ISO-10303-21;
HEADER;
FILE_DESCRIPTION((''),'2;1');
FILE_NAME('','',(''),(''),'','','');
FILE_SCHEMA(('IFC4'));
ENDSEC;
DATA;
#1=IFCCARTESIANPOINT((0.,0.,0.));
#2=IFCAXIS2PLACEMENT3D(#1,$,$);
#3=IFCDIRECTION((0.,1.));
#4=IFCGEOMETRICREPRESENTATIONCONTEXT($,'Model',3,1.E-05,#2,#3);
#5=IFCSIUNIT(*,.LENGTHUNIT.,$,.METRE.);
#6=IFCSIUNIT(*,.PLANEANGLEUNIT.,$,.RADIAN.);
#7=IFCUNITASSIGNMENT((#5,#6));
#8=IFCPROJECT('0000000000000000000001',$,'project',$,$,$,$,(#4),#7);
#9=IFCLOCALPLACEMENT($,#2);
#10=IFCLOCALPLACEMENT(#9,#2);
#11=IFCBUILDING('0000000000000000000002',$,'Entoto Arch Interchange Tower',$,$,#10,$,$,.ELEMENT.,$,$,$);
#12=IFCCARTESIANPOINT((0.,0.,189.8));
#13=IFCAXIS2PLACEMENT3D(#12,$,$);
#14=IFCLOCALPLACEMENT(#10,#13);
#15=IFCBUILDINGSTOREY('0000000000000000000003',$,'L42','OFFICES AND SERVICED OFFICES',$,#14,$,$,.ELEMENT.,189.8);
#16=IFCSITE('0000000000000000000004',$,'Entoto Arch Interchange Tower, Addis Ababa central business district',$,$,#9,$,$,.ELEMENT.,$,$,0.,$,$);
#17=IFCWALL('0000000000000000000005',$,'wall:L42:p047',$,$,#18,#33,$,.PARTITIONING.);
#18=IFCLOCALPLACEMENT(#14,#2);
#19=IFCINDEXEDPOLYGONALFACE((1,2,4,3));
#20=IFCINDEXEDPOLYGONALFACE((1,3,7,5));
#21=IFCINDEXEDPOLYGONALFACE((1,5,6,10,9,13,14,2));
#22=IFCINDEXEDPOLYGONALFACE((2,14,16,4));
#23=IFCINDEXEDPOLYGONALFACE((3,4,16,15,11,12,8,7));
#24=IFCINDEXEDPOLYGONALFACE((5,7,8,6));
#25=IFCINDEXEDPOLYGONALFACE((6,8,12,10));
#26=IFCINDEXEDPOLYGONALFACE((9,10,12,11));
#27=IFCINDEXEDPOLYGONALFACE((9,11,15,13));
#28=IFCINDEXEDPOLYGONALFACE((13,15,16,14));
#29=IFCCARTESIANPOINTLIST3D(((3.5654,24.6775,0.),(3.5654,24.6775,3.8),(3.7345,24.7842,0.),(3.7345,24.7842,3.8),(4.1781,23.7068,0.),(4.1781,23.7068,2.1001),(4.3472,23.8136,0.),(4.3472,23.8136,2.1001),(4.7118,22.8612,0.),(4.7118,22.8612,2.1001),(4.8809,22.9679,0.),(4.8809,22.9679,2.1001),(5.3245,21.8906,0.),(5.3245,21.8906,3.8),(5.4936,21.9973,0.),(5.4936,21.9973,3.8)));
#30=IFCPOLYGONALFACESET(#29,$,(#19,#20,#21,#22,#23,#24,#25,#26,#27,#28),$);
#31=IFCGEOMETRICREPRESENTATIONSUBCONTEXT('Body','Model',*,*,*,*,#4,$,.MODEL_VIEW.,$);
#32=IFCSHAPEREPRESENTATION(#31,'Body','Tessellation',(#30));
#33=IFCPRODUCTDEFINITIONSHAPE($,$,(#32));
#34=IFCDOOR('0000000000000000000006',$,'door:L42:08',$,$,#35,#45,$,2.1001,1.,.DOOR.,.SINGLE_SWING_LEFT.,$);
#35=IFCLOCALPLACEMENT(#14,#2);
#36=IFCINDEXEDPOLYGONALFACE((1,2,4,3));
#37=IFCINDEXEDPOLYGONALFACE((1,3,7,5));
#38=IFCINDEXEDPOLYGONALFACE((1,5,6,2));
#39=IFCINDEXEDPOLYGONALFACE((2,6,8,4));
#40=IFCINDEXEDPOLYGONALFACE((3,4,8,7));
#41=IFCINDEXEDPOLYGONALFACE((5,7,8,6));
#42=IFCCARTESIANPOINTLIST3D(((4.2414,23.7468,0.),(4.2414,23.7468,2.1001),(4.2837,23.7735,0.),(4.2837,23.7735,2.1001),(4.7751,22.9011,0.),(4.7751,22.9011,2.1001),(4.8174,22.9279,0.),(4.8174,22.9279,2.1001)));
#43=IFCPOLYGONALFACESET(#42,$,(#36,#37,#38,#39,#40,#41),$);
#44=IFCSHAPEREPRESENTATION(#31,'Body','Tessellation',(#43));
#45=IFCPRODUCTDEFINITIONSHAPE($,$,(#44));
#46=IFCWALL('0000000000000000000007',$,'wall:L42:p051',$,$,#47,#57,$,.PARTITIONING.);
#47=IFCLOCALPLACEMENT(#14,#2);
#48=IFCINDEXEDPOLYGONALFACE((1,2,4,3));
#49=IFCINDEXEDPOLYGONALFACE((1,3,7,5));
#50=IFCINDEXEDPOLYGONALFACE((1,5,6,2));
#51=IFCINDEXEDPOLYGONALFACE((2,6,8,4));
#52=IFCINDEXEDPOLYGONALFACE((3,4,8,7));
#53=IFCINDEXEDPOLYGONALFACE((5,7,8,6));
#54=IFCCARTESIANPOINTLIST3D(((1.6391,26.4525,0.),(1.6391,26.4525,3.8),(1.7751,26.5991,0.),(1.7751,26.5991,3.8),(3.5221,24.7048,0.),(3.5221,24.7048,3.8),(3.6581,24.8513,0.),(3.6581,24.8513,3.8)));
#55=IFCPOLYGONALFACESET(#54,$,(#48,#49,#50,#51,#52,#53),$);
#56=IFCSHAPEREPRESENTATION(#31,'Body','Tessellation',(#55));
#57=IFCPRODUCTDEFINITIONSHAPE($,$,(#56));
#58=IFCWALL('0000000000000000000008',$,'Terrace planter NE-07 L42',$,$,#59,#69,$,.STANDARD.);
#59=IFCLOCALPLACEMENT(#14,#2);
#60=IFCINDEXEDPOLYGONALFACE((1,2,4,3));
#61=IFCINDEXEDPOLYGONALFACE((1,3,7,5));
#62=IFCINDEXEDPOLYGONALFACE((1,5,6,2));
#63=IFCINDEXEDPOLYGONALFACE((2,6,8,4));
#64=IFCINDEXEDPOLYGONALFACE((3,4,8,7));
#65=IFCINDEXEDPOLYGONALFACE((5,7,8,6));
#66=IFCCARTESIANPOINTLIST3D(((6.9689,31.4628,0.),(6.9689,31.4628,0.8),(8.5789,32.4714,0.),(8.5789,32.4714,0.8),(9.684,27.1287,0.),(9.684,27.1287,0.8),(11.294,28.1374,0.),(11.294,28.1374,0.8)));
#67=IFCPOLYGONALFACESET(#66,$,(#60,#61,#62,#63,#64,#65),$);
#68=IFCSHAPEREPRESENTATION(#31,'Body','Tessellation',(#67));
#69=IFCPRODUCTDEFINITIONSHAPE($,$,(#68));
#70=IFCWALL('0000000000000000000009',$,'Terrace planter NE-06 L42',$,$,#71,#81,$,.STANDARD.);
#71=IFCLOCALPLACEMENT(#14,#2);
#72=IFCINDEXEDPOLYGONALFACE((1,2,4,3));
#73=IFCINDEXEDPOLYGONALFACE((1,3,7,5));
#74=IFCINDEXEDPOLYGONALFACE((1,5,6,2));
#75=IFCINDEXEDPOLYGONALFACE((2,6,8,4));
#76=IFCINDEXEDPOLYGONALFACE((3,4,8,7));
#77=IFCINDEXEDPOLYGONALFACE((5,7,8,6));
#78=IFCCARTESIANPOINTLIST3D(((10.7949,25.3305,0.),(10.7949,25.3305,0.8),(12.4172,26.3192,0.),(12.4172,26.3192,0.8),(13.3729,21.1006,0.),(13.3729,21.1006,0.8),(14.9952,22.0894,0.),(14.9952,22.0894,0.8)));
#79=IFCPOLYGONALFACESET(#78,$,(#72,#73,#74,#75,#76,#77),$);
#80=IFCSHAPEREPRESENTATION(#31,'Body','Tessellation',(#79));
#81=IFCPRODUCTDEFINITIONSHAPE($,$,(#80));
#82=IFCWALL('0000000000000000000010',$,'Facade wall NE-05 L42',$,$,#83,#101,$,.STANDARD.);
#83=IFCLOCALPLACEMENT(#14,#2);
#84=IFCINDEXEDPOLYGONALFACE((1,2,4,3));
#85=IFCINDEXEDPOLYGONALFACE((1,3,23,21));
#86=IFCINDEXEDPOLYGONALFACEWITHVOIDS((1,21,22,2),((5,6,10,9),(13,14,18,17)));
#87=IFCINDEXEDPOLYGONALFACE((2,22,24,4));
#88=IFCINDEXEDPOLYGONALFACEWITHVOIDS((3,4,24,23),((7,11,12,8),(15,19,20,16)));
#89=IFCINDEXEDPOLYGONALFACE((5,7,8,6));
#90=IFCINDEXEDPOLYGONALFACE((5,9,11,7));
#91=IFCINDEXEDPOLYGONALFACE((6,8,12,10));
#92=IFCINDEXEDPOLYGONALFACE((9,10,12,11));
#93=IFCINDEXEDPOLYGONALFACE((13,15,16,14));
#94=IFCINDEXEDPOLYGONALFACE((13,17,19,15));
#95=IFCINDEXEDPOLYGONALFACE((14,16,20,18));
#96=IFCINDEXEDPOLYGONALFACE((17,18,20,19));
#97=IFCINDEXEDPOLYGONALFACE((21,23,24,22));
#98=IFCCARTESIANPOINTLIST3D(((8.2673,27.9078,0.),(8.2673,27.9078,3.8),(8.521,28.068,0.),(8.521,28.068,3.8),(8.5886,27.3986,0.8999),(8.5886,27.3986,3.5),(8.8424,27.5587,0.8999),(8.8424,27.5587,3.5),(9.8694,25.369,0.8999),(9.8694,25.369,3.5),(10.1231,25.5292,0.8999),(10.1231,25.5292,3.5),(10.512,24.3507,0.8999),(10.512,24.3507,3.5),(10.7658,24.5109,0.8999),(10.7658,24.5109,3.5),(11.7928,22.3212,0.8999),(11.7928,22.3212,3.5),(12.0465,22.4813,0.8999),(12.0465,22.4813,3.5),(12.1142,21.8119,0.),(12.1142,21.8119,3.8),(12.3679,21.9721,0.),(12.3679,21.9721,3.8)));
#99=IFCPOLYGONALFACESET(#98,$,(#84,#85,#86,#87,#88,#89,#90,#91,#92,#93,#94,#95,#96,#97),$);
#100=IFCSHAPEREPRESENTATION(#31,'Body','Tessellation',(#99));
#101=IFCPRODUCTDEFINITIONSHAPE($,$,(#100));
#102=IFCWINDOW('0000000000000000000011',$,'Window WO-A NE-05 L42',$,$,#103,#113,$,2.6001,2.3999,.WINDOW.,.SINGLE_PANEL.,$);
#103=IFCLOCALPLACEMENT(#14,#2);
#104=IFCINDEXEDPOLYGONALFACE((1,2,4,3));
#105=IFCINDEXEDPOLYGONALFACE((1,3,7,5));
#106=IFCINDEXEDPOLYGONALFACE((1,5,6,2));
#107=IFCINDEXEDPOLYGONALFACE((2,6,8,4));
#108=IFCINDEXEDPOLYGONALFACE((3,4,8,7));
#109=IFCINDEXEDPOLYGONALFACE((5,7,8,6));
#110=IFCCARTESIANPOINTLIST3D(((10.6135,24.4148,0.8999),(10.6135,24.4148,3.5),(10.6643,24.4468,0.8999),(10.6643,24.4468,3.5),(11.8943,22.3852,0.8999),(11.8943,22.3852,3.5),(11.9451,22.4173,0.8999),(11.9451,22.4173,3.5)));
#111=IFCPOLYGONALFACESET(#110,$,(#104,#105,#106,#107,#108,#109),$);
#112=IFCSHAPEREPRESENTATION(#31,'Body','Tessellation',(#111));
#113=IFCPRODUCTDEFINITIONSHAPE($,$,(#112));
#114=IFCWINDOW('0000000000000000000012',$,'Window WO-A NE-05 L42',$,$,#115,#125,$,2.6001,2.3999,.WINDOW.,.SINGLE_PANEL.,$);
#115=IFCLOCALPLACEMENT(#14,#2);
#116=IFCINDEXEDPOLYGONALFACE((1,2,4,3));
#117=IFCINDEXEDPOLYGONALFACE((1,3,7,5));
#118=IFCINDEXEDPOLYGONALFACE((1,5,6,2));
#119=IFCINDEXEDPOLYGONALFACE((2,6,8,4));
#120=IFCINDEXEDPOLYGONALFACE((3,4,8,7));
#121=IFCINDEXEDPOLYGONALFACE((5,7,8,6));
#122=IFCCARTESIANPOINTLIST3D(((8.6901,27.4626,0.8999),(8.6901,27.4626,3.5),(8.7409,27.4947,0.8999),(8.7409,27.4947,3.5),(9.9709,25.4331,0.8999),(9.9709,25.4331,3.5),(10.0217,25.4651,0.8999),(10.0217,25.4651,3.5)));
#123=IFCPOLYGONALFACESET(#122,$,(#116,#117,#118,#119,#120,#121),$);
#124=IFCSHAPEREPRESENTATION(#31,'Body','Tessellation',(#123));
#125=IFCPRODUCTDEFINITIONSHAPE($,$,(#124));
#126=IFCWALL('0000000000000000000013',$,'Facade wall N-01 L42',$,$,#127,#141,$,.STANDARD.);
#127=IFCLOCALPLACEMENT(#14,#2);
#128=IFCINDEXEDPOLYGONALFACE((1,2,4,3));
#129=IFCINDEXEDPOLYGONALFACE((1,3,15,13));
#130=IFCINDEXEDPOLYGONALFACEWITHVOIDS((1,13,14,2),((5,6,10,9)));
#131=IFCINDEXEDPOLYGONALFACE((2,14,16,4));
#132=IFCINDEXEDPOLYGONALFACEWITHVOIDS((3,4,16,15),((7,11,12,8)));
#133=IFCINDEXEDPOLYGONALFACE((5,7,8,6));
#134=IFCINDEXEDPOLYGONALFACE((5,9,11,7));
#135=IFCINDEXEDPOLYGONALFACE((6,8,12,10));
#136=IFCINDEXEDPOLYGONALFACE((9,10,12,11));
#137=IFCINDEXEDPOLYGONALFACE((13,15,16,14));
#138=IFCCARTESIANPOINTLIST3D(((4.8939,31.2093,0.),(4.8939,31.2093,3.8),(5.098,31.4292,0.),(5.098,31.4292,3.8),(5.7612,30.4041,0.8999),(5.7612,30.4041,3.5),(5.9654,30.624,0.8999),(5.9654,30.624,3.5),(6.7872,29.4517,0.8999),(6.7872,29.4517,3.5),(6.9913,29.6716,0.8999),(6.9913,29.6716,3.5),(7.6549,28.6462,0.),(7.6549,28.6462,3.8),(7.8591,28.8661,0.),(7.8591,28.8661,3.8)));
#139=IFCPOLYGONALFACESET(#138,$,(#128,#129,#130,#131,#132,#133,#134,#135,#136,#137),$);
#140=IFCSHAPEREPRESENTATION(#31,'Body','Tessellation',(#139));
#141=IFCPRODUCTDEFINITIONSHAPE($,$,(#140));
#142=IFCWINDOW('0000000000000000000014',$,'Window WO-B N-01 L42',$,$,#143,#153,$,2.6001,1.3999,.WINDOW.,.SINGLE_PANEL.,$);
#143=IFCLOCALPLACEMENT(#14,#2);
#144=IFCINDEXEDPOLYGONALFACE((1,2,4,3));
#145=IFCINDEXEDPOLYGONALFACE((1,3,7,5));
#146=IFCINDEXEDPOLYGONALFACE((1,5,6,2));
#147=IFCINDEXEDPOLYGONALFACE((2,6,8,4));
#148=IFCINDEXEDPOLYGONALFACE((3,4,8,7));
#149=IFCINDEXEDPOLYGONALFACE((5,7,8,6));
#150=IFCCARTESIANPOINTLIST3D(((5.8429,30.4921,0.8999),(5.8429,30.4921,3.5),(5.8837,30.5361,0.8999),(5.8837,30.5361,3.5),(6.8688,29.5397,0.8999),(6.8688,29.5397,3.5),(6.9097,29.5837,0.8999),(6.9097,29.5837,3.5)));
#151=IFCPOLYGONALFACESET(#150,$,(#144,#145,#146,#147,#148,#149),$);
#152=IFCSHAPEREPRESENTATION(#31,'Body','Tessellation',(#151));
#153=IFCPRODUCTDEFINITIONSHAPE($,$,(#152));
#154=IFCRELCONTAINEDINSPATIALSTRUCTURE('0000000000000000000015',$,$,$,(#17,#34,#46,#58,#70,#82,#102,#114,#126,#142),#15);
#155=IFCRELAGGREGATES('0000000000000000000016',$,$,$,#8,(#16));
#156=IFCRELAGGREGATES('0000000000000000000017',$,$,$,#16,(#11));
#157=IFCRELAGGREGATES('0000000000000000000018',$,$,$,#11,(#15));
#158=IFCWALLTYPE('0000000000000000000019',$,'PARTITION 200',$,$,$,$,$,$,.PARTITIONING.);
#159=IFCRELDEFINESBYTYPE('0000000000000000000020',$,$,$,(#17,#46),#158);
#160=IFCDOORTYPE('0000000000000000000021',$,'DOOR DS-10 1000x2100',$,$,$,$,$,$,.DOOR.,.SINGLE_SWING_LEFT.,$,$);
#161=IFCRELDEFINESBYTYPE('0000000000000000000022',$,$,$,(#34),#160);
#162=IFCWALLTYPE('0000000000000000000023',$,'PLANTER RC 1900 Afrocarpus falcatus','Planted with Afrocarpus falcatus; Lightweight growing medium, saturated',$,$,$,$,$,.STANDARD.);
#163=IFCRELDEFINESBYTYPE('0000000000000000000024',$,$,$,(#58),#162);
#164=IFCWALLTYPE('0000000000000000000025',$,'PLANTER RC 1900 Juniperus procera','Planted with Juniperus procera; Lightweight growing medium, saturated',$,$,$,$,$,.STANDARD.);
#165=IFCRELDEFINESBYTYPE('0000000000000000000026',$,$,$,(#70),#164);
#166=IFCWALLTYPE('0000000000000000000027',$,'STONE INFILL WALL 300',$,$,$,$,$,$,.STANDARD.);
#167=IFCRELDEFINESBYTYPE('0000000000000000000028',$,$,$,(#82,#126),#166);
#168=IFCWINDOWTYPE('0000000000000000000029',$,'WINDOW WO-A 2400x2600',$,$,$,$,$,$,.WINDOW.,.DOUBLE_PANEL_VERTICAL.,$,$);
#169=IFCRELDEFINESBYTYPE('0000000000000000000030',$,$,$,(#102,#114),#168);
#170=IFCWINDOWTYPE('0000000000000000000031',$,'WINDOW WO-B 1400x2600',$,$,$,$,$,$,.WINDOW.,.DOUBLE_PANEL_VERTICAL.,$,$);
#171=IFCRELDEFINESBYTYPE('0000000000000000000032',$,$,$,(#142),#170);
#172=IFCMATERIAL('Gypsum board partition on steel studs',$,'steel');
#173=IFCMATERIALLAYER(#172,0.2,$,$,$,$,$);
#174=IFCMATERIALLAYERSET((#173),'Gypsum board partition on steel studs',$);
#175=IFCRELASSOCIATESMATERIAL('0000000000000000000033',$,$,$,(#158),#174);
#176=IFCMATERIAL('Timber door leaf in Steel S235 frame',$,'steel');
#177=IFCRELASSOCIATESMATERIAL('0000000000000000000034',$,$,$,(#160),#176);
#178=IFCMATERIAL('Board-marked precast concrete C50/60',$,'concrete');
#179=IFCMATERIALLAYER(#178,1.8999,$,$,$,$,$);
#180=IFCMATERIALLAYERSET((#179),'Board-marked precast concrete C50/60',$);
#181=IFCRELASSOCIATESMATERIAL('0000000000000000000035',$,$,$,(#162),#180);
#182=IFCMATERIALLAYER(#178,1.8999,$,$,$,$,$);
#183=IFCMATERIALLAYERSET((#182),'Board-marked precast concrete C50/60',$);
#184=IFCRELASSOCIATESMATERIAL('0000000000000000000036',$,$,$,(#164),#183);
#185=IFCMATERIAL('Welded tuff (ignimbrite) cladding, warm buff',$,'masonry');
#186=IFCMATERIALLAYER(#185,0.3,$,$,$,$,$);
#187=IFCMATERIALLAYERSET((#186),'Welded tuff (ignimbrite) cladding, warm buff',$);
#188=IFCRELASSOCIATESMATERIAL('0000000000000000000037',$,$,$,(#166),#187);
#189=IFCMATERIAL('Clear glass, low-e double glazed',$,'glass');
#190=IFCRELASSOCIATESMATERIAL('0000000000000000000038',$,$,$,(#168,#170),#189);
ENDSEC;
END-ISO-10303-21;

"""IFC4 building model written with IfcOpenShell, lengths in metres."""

from ifc_helpers import new_model, si_unit, direction, frame, frame_2d, origin, place, context, subcontext, project, spatial, rectangle, extrude, material, layer, layer_set, type_object, element, fill, save


model = new_model("IFC4")

# Units and contexts
model_context = context("Model", 3, precision=1e-05, world=origin(), true_north=direction((0.0, 1.0)))
body_context = subcontext(model_context, "Body", "Model", "MODEL_VIEW")
ifc_project = project(units=[si_unit("LENGTHUNIT", "METRE"), si_unit("PLANEANGLEUNIT", "RADIAN")], contexts=[model_context])

# Site, building, storey
site_placement = place(None, origin())
site = spatial("IfcSite", under=ifc_project, at=site_placement, Name="Entoto Arch Interchange Tower, Addis Ababa central business district", CompositionType="ELEMENT", RefElevation=0.0)
building_placement = place(site_placement, origin())
building = spatial("IfcBuilding", under=site, at=building_placement, Name="Entoto Arch Interchange Tower", CompositionType="ELEMENT")
storey_placement = place(building_placement, frame((0.0, 0.0, 189.8)))
storey = spatial("IfcBuildingStorey", under=building, at=storey_placement, Name="L42", Description="OFFICES AND SERVICED OFFICES", CompositionType="ELEMENT", Elevation=189.8)

# Shared definitions
ifc_material_1 = material(Name="Gypsum board partition on steel studs", Category="steel")

# Shared definitions
ifc_layer_1 = layer(ifc_material_1, 0.2)
ifc_layer_set_1 = layer_set([ifc_layer_1], Name="Gypsum board partition on steel studs")
wall_type_1 = type_object("IfcWallType", Name="PARTITION 200", PredefinedType="PARTITIONING", material=ifc_layer_set_1)
ifc_material_2 = material(Name="Timber door leaf in Steel S235 frame", Category="steel")
door_type = type_object("IfcDoorType", Name="DOOR DS-10 1000x2100", OperationType="SINGLE_SWING_LEFT", PredefinedType="DOOR", material=ifc_material_2)

# Wall, opening, door
wall_1_placement = place(storey_placement, frame((3.6499, 24.731, 0.0), z_axis=(0.0, 0.0, 1.0), x_axis=(0.533756, -0.845638, 0.0)))
wall_1 = element("IfcWall", 1, at=wall_1_placement, inside=storey, type_object=wall_type_1, Name="wall:L42:p047", PredefinedType="PARTITIONING", context=body_context, shape_type="SweptSolid", body=[
    extrude(rectangle(XDim=3.2957, YDim=0.2, at=frame_2d((1.6479, 0.0))), origin(), (0.0, 0.0, 1.0), 3.8),
])
opening_1_placement = place(wall_1_placement, frame((1.1479, 0.0, 0.0)))
opening_1 = element("IfcOpeningElement", 2, at=opening_1_placement, cuts=wall_1, PredefinedType="OPENING", context=body_context, shape_type="SweptSolid", body=[
    extrude(rectangle(XDim=1.0, YDim=2.1001, at=frame_2d((0.5, 1.05))), frame((0.0, 0.1099, 0.0), z_axis=(0.0, -1.0, 0.0), x_axis=(1.0, 0.0, 0.0)), (0.0, 0.0, 1.0), 0.22),
])
door_1_placement = place(opening_1_placement, origin())
door_1 = element("IfcDoor", 3, at=door_1_placement, inside=storey, type_object=door_type, Name="door:L42:08", OperationType="SINGLE_SWING_LEFT", OverallHeight=2.1001, OverallWidth=1.0, PredefinedType="DOOR", context=body_context, shape_type="SweptSolid", body=[
    extrude(rectangle(XDim=1.0, YDim=2.1001, at=frame_2d((0.5, 1.05))), frame((0.0, 0.0249, 0.0), z_axis=(0.0, -1.0, 0.0), x_axis=(1.0, 0.0, 0.0)), (0.0, 0.0, 1.0), 0.05),
])
fill(opening_1, door_1)

# Walls
wall_2_placement = place(storey_placement, frame((1.707, 26.5259, 0.0), z_axis=(0.0, 0.0, 1.0), x_axis=(0.732939, -0.680294, 0.0)))
element("IfcWall", 4, at=wall_2_placement, inside=storey, type_object=wall_type_1, Name="wall:L42:p051", PredefinedType="PARTITIONING", context=body_context, shape_type="SweptSolid", body=[
    extrude(rectangle(XDim=2.5691, YDim=0.2, at=frame_2d((1.2847, 0.0))), origin(), (0.0, 0.0, 1.0), 3.8),
])
ifc_material_3 = material(Name="Board-marked precast concrete C50/60", Category="concrete")
ifc_layer_2 = layer(ifc_material_3, 1.8999)
ifc_layer_set_2 = layer_set([ifc_layer_2], Name="Board-marked precast concrete C50/60")
wall_type_2 = type_object("IfcWallType", Name="PLANTER RC 1900 Afrocarpus falcatus", Description="Planted with Afrocarpus falcatus; Lightweight growing medium, saturated", PredefinedType="STANDARD", material=ifc_layer_set_2)
wall_3_placement = place(storey_placement, frame((10.489, 27.6331, 0.0), z_axis=(0.0, 0.0, 1.0), x_axis=(-0.530891, 0.84744, 0.0)))
element("IfcWall", 5, at=wall_3_placement, inside=storey, type_object=wall_type_2, Name="Terrace planter NE-07 L42", PredefinedType="STANDARD", context=body_context, shape_type="SweptSolid", body=[
    extrude(rectangle(XDim=5.1143, YDim=1.8999, at=frame_2d((2.5571, 0.0))), origin(), (0.0, 0.0, 1.0), 0.8),
])
ifc_layer_3 = layer(ifc_material_3, 1.8999)
ifc_layer_set_3 = layer_set([ifc_layer_3], Name="Board-marked precast concrete C50/60")
wall_type_3 = type_object("IfcWallType", Name="PLANTER RC 1900 Juniperus procera", Description="Planted with Juniperus procera; Lightweight growing medium, saturated", PredefinedType="STANDARD", material=ifc_layer_set_3)
wall_4_placement = place(storey_placement, frame((14.1841, 21.595, 0.0), z_axis=(0.0, 0.0, 1.0), x_axis=(-0.520441, 0.853898, 0.0)))
element("IfcWall", 6, at=wall_4_placement, inside=storey, type_object=wall_type_3, Name="Terrace planter NE-06 L42", PredefinedType="STANDARD", context=body_context, shape_type="SweptSolid", body=[
    extrude(rectangle(XDim=4.9536, YDim=1.8999, at=frame_2d((2.4768, 0.0))), origin(), (0.0, 0.0, 1.0), 0.8),
])

# Wall, openings, windows
ifc_material_4 = material(Name="Welded tuff (ignimbrite) cladding, warm buff", Category="masonry")
ifc_layer_4 = layer(ifc_material_4, 0.3)
ifc_layer_set_4 = layer_set([ifc_layer_4], Name="Welded tuff (ignimbrite) cladding, warm buff")
wall_type_4 = type_object("IfcWallType", Name="STONE INFILL WALL 300", PredefinedType="STANDARD", material=ifc_layer_set_4)
wall_5_placement = place(storey_placement, frame((12.241, 21.8921, 0.0), z_axis=(0.0, 0.0, 1.0), x_axis=(-0.533681, 0.845686, 0.0)))
wall_5 = element("IfcWall", 7, at=wall_5_placement, inside=storey, type_object=wall_type_4, Name="Facade wall NE-05 L42", PredefinedType="STANDARD", context=body_context, shape_type="SweptSolid", body=[
    extrude(rectangle(XDim=7.2083, YDim=0.3, at=frame_2d((3.604, 0.0))), origin(), (0.0, 0.0, 1.0), 3.8),
])
opening_2_placement = place(wall_5_placement, frame((0.6021, 0.0, 0.8999)))
opening_2 = element("IfcOpeningElement", 8, at=opening_2_placement, cuts=wall_5, PredefinedType="OPENING", context=body_context, shape_type="SweptSolid", body=[
    extrude(rectangle(XDim=2.3999, YDim=2.6001, at=frame_2d((1.2, 1.3))), frame((0.0, 0.1602, 0.0), z_axis=(0.0, -1.0, 0.0), x_axis=(1.0, 0.0, 0.0)), (0.0, 0.0, 1.0), 0.3201),
])
opening_3_placement = place(wall_5_placement, frame((4.2061, 0.0, 0.8999)))
opening_3 = element("IfcOpeningElement", 9, at=opening_3_placement, cuts=wall_5, PredefinedType="OPENING", context=body_context, shape_type="SweptSolid", body=[
    extrude(rectangle(XDim=2.3999, YDim=2.6001, at=frame_2d((1.2, 1.3))), frame((0.0, 0.1602, 0.0), z_axis=(0.0, -1.0, 0.0), x_axis=(1.0, 0.0, 0.0)), (0.0, 0.0, 1.0), 0.3201),
])
ifc_material_5 = material(Name="Clear glass, low-e double glazed", Category="glass")
window_type_1 = type_object("IfcWindowType", Name="WINDOW WO-A 2400x2600", PartitioningType="DOUBLE_PANEL_VERTICAL", PredefinedType="WINDOW", material=ifc_material_5)
window_1_placement = place(opening_2_placement, origin())
window_1 = element("IfcWindow", 10, at=window_1_placement, inside=storey, type_object=window_type_1, Name="Window WO-A NE-05 L42", OverallHeight=2.6001, OverallWidth=2.3999, PartitioningType="SINGLE_PANEL", PredefinedType="WINDOW", context=body_context, shape_type="SweptSolid", body=[
    extrude(rectangle(XDim=2.3999, YDim=2.6001, at=frame_2d((1.2, 1.3))), frame((0.0, 0.03, 0.0), z_axis=(0.0, -1.0, 0.0), x_axis=(1.0, 0.0, 0.0)), (0.0, 0.0, 1.0), 0.0601),
])
fill(opening_2, window_1)
window_2_placement = place(opening_3_placement, origin())
window_2 = element("IfcWindow", 11, at=window_2_placement, inside=storey, type_object=window_type_1, Name="Window WO-A NE-05 L42", OverallHeight=2.6001, OverallWidth=2.3999, PartitioningType="SINGLE_PANEL", PredefinedType="WINDOW", context=body_context, shape_type="SweptSolid", body=[
    extrude(rectangle(XDim=2.3999, YDim=2.6001, at=frame_2d((1.2, 1.3))), frame((0.0, 0.03, 0.0), z_axis=(0.0, -1.0, 0.0), x_axis=(1.0, 0.0, 0.0)), (0.0, 0.0, 1.0), 0.0601),
])
fill(opening_3, window_2)

# Wall, opening, window
wall_6_placement = place(storey_placement, frame((7.7571, 28.7561, 0.0), z_axis=(0.0, 0.0, 1.0), x_axis=(-0.732897, 0.680339, 0.0)))
wall_6 = element("IfcWall", 12, at=wall_6_placement, inside=storey, type_object=wall_type_4, Name="Facade wall N-01 L42", PredefinedType="STANDARD", context=body_context, shape_type="SweptSolid", body=[
    extrude(rectangle(XDim=3.7673, YDim=0.3, at=frame_2d((1.8838, 0.0))), origin(), (0.0, 0.0, 1.0), 3.8),
])
opening_4_placement = place(wall_6_placement, frame((1.1841, 0.0, 0.8999)))
opening_4 = element("IfcOpeningElement", 13, at=opening_4_placement, cuts=wall_6, PredefinedType="OPENING", context=body_context, shape_type="SweptSolid", body=[
    extrude(rectangle(XDim=1.3999, YDim=2.6001, at=frame_2d((0.7, 1.3))), frame((0.0, 0.1602, 0.0), z_axis=(0.0, -1.0, 0.0), x_axis=(1.0, 0.0, 0.0)), (0.0, 0.0, 1.0), 0.3201),
])
window_type_2 = type_object("IfcWindowType", Name="WINDOW WO-B 1400x2600", PartitioningType="DOUBLE_PANEL_VERTICAL", PredefinedType="WINDOW", material=ifc_material_5)
window_3_placement = place(opening_4_placement, origin())
window_3 = element("IfcWindow", 14, at=window_3_placement, inside=storey, type_object=window_type_2, Name="Window WO-B N-01 L42", OverallHeight=2.6001, OverallWidth=1.3999, PartitioningType="SINGLE_PANEL", PredefinedType="WINDOW", context=body_context, shape_type="SweptSolid", body=[
    extrude(rectangle(XDim=1.3999, YDim=2.6001, at=frame_2d((0.7, 1.3))), frame((0.0, 0.03, 0.0), z_axis=(0.0, -1.0, 0.0), x_axis=(1.0, 0.0, 0.0)), (0.0, 0.0, 1.0), 0.0601),
])
fill(opening_4, window_3)

save(model, "model.ifc")
